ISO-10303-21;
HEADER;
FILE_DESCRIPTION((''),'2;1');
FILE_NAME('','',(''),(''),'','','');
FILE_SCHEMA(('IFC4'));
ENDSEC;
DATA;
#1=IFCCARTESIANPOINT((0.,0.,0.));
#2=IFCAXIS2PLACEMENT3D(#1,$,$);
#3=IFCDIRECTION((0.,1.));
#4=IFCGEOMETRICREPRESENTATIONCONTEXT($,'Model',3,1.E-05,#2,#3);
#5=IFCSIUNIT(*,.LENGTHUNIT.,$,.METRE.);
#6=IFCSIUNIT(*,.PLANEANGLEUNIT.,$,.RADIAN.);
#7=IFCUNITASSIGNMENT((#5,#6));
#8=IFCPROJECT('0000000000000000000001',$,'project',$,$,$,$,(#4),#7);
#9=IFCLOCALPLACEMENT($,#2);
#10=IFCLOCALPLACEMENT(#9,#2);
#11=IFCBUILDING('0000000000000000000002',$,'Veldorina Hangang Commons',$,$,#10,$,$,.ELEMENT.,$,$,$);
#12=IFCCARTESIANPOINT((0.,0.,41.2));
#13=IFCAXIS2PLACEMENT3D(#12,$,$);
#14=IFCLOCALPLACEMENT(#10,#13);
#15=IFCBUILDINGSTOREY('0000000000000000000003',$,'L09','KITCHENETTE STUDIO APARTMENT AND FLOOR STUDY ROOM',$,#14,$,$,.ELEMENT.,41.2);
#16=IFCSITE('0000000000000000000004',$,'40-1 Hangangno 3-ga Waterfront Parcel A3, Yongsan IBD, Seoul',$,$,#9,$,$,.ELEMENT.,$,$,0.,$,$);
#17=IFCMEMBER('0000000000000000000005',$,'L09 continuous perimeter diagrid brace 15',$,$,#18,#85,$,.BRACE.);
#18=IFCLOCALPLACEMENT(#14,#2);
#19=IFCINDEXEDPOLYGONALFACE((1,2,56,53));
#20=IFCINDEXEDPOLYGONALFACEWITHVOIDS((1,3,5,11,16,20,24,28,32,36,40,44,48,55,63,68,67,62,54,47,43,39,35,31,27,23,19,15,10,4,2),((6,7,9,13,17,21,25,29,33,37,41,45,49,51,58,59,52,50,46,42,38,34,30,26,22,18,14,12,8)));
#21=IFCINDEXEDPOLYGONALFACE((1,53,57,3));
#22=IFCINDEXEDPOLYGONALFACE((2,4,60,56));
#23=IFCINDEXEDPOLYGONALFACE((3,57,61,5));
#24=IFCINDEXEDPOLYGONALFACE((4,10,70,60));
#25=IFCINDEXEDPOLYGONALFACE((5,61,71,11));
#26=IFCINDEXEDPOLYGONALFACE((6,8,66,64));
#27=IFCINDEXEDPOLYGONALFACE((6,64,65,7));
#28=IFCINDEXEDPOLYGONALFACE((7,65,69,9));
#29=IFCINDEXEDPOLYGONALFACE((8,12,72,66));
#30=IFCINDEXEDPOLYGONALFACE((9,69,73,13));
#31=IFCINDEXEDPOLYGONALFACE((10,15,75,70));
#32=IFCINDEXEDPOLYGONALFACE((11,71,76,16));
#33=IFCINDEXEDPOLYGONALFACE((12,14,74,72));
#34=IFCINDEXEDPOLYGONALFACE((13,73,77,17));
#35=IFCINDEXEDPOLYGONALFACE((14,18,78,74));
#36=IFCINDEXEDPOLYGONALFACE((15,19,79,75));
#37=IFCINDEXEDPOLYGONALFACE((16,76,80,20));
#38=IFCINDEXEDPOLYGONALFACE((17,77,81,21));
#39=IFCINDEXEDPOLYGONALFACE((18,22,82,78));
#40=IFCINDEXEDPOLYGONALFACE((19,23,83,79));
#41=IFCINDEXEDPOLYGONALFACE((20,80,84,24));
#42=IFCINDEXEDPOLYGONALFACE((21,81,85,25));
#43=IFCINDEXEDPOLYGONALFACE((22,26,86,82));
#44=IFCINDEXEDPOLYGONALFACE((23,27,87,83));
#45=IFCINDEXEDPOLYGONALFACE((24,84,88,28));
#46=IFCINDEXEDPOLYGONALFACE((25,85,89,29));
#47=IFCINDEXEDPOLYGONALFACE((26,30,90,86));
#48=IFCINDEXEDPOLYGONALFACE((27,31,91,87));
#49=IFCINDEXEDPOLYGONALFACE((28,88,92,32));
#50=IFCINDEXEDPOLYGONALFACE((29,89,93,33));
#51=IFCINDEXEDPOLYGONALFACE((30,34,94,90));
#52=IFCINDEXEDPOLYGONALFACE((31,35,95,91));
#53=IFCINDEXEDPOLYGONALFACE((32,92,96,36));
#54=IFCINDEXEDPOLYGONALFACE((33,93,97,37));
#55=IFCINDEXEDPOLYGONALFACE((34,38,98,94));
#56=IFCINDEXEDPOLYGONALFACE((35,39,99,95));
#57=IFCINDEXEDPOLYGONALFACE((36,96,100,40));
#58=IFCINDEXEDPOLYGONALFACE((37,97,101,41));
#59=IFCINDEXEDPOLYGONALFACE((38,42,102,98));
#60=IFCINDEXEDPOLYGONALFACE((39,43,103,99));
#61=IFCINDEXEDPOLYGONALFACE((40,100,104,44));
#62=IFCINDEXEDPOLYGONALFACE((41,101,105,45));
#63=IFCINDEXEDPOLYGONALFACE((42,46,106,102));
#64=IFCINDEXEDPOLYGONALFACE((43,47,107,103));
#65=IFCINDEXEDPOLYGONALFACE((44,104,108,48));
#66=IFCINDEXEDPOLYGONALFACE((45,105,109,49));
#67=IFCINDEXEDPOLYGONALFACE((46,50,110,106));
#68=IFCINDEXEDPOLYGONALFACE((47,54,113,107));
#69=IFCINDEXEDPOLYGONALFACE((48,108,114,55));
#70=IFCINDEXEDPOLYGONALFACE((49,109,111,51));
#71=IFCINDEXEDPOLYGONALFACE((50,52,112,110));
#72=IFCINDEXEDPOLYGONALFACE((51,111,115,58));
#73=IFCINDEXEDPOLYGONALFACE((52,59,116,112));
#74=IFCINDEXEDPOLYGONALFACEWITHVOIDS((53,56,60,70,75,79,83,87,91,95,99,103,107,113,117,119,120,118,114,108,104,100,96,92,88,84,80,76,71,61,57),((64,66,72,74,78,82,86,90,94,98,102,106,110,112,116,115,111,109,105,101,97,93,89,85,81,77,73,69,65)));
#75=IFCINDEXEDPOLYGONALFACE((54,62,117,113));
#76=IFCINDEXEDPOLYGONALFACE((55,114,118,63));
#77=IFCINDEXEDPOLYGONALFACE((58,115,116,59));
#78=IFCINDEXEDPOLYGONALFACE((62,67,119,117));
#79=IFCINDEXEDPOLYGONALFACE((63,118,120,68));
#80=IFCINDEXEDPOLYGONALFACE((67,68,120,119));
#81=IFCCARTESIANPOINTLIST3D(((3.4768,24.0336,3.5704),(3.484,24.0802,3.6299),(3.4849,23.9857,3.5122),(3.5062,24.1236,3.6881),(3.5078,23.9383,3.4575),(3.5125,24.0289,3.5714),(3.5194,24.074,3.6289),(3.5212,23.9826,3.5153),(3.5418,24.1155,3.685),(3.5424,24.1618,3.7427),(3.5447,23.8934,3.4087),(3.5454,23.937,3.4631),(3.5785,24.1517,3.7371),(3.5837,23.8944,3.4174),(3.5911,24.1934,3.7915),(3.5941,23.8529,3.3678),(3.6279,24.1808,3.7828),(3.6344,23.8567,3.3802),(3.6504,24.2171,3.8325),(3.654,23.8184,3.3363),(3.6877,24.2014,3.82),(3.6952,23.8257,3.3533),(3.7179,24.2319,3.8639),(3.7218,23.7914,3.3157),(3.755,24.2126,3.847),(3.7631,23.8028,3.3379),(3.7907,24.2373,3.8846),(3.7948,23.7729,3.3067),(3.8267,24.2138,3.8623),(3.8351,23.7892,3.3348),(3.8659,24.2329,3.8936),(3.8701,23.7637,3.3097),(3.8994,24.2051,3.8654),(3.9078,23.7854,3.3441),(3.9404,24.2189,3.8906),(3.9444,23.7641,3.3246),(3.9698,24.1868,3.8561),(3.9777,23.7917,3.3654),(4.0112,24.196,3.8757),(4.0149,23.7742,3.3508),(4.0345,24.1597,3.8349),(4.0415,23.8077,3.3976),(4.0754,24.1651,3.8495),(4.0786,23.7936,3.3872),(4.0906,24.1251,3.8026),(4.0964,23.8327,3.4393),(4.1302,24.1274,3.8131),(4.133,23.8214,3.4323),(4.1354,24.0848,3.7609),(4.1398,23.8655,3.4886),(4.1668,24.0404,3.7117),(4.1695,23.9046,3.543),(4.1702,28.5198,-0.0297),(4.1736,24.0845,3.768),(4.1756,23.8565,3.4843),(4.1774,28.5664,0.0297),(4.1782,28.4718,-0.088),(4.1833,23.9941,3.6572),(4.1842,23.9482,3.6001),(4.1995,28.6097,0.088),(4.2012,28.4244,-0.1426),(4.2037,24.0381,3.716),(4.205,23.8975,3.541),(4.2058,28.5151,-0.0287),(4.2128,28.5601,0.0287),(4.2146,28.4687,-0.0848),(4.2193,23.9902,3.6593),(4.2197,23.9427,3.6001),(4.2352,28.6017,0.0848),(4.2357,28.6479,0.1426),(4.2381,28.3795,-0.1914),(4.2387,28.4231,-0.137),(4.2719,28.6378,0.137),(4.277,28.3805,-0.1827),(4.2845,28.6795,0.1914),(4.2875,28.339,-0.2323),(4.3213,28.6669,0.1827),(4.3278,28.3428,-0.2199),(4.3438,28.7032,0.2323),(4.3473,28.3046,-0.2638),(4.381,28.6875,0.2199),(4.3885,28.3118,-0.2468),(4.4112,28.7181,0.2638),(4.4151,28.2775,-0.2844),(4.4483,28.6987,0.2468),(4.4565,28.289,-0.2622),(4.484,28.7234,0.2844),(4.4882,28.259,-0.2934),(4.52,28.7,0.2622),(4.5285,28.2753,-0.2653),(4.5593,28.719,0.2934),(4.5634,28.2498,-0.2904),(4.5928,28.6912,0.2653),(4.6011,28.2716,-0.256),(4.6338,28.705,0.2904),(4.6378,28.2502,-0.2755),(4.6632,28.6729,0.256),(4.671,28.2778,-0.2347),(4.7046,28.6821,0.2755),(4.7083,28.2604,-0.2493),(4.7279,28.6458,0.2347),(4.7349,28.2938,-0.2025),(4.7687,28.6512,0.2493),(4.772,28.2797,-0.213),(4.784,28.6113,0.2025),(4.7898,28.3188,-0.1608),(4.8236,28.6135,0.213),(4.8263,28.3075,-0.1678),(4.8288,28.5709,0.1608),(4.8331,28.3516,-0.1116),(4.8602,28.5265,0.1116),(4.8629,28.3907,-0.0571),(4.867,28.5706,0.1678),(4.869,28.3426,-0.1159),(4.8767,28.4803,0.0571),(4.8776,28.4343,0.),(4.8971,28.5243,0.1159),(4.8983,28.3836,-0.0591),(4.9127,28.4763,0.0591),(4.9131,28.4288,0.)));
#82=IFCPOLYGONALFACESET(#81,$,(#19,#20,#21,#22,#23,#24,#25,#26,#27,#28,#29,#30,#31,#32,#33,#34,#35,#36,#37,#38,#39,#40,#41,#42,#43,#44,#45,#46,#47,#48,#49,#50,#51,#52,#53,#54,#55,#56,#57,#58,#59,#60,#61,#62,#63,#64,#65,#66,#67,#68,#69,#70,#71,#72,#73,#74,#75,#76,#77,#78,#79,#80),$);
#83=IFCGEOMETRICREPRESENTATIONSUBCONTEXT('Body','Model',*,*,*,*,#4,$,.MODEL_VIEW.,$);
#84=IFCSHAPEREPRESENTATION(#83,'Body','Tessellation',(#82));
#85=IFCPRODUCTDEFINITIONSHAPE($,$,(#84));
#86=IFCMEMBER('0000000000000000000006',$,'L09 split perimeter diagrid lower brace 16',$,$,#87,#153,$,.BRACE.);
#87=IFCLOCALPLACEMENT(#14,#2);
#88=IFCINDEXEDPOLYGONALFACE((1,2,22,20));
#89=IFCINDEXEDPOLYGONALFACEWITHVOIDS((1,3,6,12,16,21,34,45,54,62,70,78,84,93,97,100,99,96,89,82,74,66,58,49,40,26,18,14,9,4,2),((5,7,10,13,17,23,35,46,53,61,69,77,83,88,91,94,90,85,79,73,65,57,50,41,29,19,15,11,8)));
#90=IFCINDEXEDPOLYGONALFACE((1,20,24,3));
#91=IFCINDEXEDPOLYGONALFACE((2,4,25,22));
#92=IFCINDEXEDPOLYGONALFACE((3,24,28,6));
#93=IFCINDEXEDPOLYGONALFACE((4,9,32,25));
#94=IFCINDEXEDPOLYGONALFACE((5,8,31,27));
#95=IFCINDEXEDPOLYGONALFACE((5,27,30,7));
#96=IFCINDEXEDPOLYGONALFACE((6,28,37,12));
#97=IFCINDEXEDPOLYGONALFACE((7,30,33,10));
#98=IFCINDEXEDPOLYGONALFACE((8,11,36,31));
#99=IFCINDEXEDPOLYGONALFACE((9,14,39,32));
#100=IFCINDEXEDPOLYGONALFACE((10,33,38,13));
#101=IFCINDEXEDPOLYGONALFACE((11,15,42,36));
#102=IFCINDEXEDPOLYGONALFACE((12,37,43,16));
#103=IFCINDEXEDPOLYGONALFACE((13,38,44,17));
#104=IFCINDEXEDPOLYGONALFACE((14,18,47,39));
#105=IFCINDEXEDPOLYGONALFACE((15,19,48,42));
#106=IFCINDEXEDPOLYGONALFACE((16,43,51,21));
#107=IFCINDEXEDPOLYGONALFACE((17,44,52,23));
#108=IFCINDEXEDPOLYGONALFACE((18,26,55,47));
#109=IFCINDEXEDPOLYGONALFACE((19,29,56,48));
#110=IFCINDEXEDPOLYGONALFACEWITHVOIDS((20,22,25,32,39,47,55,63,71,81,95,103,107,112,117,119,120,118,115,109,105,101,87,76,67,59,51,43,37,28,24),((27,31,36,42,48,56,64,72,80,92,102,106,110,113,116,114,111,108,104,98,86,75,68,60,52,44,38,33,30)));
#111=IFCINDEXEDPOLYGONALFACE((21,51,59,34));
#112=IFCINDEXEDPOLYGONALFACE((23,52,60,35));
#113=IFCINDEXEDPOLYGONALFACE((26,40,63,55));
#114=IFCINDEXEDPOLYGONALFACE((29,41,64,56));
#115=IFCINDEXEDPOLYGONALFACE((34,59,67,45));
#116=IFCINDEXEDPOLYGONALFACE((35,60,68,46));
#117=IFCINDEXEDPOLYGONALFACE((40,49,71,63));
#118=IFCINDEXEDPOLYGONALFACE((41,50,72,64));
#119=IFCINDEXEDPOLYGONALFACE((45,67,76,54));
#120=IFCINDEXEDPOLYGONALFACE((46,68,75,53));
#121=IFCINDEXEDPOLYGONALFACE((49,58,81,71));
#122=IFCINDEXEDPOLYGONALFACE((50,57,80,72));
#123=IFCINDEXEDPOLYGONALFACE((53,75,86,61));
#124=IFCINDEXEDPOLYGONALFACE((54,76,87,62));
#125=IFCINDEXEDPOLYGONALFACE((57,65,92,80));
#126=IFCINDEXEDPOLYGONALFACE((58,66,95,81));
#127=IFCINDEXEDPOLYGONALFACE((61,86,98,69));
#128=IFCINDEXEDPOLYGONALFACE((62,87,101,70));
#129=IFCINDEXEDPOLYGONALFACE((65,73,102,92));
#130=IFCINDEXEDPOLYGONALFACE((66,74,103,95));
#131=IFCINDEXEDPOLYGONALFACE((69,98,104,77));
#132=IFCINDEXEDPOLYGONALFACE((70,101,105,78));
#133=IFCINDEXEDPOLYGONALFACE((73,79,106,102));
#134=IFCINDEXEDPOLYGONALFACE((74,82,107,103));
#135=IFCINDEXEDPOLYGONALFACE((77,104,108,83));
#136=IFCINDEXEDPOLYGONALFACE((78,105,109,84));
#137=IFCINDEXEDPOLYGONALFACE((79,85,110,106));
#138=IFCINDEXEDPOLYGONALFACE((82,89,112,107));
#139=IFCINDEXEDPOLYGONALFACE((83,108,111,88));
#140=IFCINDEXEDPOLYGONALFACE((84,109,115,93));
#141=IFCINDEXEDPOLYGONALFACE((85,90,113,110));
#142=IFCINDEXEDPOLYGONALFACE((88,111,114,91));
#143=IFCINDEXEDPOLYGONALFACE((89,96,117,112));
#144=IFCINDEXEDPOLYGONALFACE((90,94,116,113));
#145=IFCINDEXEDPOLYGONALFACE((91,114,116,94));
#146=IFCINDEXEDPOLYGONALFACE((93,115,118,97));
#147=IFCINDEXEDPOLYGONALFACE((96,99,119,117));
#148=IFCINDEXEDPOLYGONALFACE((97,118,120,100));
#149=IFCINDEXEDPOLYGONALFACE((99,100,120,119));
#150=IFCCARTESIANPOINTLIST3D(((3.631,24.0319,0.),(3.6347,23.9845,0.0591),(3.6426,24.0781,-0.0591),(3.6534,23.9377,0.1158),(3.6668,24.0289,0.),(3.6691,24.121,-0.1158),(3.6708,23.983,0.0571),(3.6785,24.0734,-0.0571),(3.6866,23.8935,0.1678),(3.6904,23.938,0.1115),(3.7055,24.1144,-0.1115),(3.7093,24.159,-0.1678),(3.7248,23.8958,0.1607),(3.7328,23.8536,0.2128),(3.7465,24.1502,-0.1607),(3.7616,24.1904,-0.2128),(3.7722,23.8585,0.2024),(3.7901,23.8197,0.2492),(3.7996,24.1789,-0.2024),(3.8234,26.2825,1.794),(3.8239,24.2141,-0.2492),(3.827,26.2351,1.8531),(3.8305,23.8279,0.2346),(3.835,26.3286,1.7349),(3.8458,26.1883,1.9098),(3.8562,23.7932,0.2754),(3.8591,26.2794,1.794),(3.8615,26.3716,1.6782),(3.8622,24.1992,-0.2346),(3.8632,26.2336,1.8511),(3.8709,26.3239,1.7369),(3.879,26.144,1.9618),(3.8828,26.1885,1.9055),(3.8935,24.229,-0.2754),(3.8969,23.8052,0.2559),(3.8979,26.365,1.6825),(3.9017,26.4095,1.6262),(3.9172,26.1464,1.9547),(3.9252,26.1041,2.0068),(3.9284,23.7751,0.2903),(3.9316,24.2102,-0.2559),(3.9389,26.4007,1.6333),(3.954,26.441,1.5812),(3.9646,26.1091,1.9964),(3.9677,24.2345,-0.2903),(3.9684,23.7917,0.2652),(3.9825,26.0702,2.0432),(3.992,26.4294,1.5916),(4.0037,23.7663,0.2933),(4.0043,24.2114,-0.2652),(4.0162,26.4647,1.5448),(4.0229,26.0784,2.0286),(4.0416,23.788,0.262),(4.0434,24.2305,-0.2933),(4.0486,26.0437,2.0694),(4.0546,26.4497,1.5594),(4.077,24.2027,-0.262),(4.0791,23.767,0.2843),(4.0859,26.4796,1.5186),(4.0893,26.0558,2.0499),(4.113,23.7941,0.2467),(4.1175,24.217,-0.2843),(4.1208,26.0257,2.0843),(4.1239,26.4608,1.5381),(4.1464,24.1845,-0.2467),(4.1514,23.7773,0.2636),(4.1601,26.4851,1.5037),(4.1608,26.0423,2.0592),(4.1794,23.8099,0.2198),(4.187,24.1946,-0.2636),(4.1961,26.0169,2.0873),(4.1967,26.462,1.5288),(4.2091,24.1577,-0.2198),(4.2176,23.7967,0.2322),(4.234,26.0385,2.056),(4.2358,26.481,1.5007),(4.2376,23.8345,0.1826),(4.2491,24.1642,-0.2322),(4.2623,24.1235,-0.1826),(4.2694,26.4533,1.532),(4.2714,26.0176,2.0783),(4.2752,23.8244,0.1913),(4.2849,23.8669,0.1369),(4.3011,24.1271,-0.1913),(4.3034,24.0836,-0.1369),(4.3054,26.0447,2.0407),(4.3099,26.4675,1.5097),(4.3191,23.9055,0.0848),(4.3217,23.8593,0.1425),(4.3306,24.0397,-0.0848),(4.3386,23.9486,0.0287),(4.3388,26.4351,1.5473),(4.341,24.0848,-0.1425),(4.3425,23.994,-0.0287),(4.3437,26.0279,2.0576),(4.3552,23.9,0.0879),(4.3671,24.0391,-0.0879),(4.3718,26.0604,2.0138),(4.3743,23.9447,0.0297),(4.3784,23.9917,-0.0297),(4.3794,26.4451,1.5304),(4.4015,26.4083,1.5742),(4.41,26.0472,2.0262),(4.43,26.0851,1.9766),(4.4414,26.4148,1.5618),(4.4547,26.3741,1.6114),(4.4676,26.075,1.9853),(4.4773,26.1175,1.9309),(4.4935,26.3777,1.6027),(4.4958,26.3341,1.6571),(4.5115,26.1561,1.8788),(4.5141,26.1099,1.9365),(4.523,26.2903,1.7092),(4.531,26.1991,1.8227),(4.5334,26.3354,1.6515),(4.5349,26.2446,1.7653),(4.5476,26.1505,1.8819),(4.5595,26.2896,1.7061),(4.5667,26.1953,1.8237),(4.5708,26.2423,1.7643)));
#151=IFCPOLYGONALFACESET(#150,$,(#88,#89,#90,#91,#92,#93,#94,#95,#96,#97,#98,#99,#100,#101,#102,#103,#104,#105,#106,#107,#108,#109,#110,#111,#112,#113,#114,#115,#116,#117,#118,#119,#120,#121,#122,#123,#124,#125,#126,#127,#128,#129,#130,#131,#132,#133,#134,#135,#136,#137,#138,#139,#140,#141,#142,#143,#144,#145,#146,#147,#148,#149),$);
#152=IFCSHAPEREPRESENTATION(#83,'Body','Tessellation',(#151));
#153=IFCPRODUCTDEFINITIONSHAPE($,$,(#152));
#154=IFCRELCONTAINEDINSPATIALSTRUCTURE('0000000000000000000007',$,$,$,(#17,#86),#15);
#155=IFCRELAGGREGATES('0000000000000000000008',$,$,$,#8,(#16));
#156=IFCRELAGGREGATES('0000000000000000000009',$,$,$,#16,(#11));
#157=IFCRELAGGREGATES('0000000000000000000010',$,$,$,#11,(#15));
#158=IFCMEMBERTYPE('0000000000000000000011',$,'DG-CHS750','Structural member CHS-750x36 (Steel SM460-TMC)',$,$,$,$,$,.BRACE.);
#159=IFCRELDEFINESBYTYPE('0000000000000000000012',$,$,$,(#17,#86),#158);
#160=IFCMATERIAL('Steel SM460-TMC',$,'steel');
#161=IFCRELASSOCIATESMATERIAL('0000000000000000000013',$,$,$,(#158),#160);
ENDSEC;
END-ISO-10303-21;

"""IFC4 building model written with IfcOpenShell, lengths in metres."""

from ifc_helpers import new_model, si_unit, direction, frame, origin, origin_2d, place, context, subcontext, project, spatial, hollow_circle, extrude, material, material_profile, profile_set, type_object, element, save


model = new_model("IFC4")

# Units and contexts
model_context = context("Model", 3, precision=1e-05, world=origin(), true_north=direction((0.0, 1.0)))
body_context = subcontext(model_context, "Body", "Model", "MODEL_VIEW")
ifc_project = project(units=[si_unit("LENGTHUNIT", "METRE"), si_unit("PLANEANGLEUNIT", "RADIAN")], contexts=[model_context])

# Site, building, storey
site_placement = place(None, origin())
site = spatial("IfcSite", under=ifc_project, at=site_placement, Name="40-1 Hangangno 3-ga Waterfront Parcel A3, Yongsan IBD, Seoul", CompositionType="ELEMENT", RefElevation=0.0)
building_placement = place(site_placement, origin())
building = spatial("IfcBuilding", under=site, at=building_placement, Name="Veldorina Hangang Commons", CompositionType="ELEMENT")
storey_placement = place(building_placement, frame((0.0, 0.0, 41.2)))
storey = spatial("IfcBuildingStorey", under=building, at=storey_placement, Name="L09", Description="KITCHENETTE STUDIO APARTMENT AND FLOOR STUDY ROOM", CompositionType="ELEMENT", Elevation=41.2)

# Shared definitions
ifc_material_1 = material(Name="Steel SM460-TMC", Category="steel")

# Members
ifc_material_profile_1 = material_profile(ifc_material_1, hollow_circle(Radius=0.375, WallThickness=0.0359, at=origin_2d()), Name="CHS-750x36")
ifc_profile_set_1 = profile_set([ifc_material_profile_1], Name="Steel SM460-TMC")
member_type = type_object("IfcMemberType", Name="DG-CHS750", Description="Structural member CHS-750x36 (Steel SM460-TMC)", PredefinedType="BRACE", material=ifc_profile_set_1)
member_1_placement = place(storey_placement, frame((4.5425, 28.4861, 0.0), z_axis=(-0.119676, -0.77431, 0.621387), x_axis=(0.988266, -0.152744, 0.0)))
element("IfcMember", 1, at=member_1_placement, inside=storey, type_object=member_type, Name="L09 continuous perimeter diagrid brace 15", PredefinedType="BRACE", context=body_context, shape_type="SweptSolid", body=[
    extrude(hollow_circle(Radius=0.375, WallThickness=0.0359, at=origin_2d()), origin(), (0.0, 0.0, 1.0), 5.7937),
])
member_2_placement = place(storey_placement, frame((4.0046, 24.0, 0.0), z_axis=(0.066697, 0.780219, 0.621941), x_axis=(-0.996366, 0.085174, 0.0)))
element("IfcMember", 2, at=member_2_placement, inside=storey, type_object=member_type, Name="L09 split perimeter diagrid lower brace 16", PredefinedType="BRACE", context=body_context, shape_type="SweptSolid", body=[
    extrude(hollow_circle(Radius=0.375, WallThickness=0.0359, at=origin_2d()), origin(), (0.0, 0.0, 1.0), 2.8845),
])

save(model, "model.ifc")
